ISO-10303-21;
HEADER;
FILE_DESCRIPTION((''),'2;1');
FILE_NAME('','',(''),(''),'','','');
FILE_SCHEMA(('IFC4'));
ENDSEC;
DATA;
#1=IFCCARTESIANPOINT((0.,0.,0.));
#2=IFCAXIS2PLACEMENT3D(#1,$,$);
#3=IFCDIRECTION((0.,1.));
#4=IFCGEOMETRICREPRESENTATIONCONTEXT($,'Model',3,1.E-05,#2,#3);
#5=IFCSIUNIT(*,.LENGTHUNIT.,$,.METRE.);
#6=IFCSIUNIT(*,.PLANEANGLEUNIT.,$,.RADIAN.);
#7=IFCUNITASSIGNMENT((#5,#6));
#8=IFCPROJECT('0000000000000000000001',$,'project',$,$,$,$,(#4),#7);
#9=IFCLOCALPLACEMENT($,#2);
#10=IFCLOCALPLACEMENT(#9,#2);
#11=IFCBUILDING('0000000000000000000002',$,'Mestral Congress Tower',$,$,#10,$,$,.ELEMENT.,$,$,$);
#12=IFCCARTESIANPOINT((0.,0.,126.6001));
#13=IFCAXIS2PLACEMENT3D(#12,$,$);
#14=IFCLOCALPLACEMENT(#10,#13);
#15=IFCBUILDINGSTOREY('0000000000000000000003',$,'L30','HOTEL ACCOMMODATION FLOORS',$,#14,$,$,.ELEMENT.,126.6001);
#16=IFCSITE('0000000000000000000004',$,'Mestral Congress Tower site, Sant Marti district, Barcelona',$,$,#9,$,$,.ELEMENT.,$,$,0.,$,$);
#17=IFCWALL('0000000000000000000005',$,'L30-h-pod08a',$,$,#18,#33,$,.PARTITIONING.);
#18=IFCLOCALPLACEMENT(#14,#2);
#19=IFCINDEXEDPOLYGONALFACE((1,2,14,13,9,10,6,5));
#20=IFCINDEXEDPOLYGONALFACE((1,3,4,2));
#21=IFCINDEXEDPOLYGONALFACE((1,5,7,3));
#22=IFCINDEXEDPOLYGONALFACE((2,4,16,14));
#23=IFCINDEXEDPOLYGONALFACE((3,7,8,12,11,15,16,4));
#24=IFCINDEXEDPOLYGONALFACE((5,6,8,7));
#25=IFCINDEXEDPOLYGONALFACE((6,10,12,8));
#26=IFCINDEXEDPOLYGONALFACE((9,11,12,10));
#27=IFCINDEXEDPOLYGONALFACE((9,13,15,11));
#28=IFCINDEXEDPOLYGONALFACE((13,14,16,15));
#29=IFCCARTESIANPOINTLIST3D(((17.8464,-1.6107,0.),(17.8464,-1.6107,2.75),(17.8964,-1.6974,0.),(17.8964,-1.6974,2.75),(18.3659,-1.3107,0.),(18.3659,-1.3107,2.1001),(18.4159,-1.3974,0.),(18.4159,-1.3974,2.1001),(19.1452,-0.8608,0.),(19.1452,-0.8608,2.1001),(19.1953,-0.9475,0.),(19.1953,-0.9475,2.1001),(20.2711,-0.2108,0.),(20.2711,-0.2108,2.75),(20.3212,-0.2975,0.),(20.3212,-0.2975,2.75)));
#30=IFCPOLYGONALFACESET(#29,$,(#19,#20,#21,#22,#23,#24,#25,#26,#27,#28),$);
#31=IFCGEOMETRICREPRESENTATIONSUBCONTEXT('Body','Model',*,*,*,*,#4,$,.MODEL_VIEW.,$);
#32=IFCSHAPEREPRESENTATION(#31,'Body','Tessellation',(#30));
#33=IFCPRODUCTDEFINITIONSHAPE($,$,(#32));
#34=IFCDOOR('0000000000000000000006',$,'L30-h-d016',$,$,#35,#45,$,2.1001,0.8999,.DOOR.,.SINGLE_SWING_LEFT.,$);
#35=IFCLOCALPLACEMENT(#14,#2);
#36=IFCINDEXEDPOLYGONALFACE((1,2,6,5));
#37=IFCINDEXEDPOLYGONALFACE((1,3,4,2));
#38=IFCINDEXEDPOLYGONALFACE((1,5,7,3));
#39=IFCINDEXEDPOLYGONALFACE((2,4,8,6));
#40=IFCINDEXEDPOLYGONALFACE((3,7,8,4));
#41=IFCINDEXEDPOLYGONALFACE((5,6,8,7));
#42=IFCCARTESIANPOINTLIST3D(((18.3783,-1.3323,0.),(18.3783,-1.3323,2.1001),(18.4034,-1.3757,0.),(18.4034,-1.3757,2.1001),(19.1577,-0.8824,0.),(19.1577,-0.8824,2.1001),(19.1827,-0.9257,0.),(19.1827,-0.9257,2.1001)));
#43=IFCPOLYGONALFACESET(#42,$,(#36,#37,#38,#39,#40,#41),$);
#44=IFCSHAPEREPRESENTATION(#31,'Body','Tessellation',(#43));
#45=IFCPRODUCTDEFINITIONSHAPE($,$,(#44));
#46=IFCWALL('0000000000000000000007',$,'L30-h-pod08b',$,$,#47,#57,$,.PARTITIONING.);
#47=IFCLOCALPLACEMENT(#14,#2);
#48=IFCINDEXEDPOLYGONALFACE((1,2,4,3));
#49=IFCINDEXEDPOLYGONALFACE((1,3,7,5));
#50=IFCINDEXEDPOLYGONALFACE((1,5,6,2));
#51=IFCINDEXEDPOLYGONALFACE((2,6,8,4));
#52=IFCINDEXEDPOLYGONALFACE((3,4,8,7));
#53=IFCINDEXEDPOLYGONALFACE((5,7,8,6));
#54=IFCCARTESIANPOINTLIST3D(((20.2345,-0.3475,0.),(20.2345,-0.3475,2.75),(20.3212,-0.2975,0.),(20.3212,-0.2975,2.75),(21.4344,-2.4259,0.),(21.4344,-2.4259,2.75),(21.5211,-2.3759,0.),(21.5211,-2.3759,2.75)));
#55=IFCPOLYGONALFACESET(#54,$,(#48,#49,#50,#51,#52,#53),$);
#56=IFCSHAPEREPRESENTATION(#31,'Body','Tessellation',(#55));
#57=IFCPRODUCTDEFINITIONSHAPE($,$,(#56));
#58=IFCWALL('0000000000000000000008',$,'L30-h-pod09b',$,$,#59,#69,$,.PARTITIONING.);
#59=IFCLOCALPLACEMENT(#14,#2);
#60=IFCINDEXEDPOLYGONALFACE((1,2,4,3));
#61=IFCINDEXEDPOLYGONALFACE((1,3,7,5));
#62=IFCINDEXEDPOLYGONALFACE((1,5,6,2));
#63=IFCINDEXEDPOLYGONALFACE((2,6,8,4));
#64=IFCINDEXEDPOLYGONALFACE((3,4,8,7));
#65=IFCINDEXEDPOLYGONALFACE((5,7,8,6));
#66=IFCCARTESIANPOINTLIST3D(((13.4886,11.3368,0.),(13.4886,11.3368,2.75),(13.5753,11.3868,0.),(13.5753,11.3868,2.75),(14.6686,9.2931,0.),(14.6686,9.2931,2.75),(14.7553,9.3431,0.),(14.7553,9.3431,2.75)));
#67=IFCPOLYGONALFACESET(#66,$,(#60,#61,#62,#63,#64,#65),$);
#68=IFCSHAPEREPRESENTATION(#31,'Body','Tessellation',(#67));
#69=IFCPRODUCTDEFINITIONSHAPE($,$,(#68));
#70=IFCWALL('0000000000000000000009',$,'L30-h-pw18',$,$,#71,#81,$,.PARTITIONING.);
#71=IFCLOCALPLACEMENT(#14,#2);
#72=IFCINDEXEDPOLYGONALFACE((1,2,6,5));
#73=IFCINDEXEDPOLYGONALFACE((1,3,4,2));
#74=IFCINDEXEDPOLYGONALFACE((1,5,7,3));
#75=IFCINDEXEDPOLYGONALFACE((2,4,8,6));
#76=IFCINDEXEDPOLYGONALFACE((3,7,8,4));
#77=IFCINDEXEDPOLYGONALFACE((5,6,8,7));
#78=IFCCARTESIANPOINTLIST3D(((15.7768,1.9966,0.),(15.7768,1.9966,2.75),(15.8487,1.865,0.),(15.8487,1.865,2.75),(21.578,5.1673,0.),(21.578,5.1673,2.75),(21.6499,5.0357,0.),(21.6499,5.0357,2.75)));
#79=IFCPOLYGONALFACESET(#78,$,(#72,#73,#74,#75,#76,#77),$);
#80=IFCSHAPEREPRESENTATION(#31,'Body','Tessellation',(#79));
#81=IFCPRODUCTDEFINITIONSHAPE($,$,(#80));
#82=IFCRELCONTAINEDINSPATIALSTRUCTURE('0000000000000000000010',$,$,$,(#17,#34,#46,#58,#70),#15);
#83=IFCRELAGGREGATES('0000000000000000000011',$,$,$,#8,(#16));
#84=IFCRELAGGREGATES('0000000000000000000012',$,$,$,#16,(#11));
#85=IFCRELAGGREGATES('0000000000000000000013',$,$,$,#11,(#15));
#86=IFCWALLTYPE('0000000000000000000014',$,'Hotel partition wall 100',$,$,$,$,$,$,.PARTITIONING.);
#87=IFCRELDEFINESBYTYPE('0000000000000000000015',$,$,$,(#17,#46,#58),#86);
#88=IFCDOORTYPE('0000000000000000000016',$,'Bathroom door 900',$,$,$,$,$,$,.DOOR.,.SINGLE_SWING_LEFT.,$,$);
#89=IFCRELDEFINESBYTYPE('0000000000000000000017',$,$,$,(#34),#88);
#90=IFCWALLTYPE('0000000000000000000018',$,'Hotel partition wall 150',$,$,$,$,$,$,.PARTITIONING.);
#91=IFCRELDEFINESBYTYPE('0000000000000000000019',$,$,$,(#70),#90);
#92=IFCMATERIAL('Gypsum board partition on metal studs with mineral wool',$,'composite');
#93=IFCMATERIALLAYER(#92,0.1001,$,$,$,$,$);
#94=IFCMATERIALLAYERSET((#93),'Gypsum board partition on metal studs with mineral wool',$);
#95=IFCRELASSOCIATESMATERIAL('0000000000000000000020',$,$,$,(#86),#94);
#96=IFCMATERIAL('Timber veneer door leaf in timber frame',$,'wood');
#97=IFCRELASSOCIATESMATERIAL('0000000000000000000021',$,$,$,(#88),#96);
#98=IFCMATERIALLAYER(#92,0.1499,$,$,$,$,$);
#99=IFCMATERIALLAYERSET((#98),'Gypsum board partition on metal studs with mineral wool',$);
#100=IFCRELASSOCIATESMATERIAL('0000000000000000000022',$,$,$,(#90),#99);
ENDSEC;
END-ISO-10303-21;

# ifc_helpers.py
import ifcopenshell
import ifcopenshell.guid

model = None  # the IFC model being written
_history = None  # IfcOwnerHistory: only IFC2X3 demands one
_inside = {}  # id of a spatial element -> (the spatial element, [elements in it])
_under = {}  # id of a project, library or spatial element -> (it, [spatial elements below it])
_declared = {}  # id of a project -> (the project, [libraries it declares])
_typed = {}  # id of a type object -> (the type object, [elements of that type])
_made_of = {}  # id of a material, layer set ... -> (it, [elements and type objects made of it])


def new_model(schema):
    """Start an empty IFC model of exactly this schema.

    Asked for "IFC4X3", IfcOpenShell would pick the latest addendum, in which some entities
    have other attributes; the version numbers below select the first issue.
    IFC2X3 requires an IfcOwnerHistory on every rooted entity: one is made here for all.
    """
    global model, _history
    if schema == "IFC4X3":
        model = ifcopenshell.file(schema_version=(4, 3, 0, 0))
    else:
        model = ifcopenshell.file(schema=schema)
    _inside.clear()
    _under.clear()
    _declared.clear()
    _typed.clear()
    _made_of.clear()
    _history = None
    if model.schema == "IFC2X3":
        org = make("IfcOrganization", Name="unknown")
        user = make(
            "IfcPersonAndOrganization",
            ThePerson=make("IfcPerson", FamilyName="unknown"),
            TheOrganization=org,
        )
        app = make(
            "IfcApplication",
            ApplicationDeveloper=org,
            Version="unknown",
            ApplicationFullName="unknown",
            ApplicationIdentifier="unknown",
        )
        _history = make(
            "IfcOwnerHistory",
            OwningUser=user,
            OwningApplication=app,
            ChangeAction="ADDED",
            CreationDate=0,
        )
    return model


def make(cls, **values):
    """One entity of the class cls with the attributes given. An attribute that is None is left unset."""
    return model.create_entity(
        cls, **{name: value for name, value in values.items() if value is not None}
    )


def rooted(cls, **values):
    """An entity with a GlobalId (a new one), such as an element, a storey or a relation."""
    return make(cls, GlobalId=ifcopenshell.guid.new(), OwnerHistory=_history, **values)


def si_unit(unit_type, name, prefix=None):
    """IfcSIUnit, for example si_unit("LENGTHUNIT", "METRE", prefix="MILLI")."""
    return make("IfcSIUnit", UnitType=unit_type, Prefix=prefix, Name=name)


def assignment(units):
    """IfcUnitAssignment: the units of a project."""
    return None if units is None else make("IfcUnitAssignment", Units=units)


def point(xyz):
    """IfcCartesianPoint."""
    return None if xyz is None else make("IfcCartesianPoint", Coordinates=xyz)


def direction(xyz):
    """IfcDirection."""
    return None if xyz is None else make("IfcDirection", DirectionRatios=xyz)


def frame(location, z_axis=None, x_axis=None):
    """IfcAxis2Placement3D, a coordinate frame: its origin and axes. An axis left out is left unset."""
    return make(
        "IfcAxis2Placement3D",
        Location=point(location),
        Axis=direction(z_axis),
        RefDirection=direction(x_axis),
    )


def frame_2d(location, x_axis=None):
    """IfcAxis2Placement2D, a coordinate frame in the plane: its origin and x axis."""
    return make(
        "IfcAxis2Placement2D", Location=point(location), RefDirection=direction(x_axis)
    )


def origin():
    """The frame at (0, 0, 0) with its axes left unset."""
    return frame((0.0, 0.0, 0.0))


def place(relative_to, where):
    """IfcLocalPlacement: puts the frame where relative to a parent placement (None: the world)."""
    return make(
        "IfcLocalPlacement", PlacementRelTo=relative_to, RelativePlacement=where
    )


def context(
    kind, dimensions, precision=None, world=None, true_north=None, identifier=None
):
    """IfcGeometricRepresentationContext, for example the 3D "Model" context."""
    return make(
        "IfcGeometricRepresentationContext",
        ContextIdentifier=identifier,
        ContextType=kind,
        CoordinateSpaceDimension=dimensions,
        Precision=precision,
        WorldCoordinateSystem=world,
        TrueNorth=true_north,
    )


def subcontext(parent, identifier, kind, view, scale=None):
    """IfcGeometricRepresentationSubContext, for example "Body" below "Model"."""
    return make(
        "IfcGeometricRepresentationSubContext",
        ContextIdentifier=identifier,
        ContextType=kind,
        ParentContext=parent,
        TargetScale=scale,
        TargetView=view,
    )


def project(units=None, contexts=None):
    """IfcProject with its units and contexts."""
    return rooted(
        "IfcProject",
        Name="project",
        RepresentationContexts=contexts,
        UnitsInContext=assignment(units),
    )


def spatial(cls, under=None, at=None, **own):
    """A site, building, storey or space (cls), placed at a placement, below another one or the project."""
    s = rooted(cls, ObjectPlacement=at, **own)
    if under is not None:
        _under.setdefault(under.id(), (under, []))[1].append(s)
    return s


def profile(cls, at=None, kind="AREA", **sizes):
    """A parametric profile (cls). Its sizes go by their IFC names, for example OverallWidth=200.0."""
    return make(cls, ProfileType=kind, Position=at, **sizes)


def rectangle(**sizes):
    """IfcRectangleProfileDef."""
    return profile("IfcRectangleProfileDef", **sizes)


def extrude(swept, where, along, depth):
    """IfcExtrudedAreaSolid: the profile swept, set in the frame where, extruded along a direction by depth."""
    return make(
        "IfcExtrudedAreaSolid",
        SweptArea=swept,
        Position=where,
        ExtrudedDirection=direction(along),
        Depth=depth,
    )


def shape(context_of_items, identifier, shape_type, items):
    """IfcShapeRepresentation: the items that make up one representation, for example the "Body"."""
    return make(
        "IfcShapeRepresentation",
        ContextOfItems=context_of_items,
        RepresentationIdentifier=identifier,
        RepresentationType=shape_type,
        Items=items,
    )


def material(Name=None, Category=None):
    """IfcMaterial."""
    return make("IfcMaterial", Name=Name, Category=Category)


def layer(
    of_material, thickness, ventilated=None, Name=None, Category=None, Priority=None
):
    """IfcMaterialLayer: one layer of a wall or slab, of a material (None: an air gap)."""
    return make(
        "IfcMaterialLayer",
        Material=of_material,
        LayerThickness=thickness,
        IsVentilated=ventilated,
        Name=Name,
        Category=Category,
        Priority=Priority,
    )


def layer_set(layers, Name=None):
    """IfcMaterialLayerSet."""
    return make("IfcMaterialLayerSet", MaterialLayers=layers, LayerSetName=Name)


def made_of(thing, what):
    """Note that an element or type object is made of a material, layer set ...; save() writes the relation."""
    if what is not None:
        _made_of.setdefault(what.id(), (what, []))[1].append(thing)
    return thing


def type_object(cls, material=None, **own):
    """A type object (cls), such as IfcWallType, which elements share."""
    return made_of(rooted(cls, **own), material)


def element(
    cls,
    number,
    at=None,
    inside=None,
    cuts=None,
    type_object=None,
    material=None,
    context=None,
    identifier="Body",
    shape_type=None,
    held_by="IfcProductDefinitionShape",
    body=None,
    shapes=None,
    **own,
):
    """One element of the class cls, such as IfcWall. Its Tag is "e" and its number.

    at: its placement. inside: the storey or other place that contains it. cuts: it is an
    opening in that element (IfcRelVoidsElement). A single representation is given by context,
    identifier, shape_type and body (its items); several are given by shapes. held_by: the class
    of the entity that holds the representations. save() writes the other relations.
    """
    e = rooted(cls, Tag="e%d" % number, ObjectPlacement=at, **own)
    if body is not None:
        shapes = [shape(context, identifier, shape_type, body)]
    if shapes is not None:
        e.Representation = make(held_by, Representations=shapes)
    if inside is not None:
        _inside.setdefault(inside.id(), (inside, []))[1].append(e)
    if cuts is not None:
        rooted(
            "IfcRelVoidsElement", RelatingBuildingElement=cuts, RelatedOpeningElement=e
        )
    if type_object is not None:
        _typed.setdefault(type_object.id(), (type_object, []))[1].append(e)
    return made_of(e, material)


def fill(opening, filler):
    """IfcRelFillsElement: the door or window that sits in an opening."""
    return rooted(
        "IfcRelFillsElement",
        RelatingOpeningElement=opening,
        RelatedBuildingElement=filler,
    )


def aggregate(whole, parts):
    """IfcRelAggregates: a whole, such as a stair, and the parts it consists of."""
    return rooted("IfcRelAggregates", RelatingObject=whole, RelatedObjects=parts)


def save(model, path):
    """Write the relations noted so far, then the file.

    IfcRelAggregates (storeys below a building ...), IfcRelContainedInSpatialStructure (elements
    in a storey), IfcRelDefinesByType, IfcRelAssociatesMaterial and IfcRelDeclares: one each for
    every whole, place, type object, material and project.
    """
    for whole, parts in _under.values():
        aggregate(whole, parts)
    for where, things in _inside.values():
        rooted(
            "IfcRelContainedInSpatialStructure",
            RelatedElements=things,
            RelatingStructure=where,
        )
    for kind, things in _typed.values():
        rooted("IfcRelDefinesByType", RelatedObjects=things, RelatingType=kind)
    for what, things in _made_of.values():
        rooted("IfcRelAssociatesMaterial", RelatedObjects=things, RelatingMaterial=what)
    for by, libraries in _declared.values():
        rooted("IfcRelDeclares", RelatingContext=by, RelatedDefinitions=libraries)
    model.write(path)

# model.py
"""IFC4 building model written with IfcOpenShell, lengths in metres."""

from ifc_helpers import new_model, si_unit, direction, frame, frame_2d, origin, place, context, subcontext, project, spatial, rectangle, extrude, material, layer, layer_set, type_object, element, fill, save


model = new_model("IFC4")

# Units and contexts
model_context = context("Model", 3, precision=1e-05, world=origin(), true_north=direction((0.0, 1.0)))
body_context = subcontext(model_context, "Body", "Model", "MODEL_VIEW")
ifc_project = project(units=[si_unit("LENGTHUNIT", "METRE"), si_unit("PLANEANGLEUNIT", "RADIAN")], contexts=[model_context])

# Site, building, storey
site_placement = place(None, origin())
site = spatial("IfcSite", under=ifc_project, at=site_placement, Name="Mestral Congress Tower site, Sant Marti district, Barcelona", CompositionType="ELEMENT", RefElevation=0.0)
building_placement = place(site_placement, origin())
building = spatial("IfcBuilding", under=site, at=building_placement, Name="Mestral Congress Tower", CompositionType="ELEMENT")
storey_placement = place(building_placement, frame((0.0, 0.0, 126.6001)))
storey = spatial("IfcBuildingStorey", under=building, at=storey_placement, Name="L30", Description="HOTEL ACCOMMODATION FLOORS", CompositionType="ELEMENT", Elevation=126.6001)

# Wall, opening, door
ifc_material_1 = material(Name="Gypsum board partition on metal studs with mineral wool", Category="composite")
ifc_layer_1 = layer(ifc_material_1, 0.1001)
ifc_layer_set_1 = layer_set([ifc_layer_1], Name="Gypsum board partition on metal studs with mineral wool")
wall_type_1 = type_object("IfcWallType", Name="Hotel partition wall 100", PredefinedType="PARTITIONING", material=ifc_layer_set_1)
wall_1_placement = place(storey_placement, frame((20.2961, -0.2542, 0.0), z_axis=(0.0, 0.0, 1.0), x_axis=(-0.866035, -0.499984, 0.0)))
wall_1 = element("IfcWall", 1, at=wall_1_placement, inside=storey, type_object=wall_type_1, Name="L30-h-pod08a", PredefinedType="PARTITIONING", context=body_context, shape_type="SweptSolid", body=[
    extrude(rectangle(XDim=2.7998, YDim=0.1001, at=frame_2d((1.3999, 0.0))), origin(), (0.0, 0.0, 1.0), 2.75),
])
opening_1_placement = place(wall_1_placement, frame((1.3, 0.0, 0.0)))
opening_1 = element("IfcOpeningElement", 2, at=opening_1_placement, cuts=wall_1, PredefinedType="OPENING", context=body_context, shape_type="SweptSolid", body=[
    extrude(rectangle(XDim=0.8999, YDim=2.1001, at=frame_2d((0.45, 1.05))), frame((0.0, 0.0601, 0.0), z_axis=(0.0, -1.0, 0.0), x_axis=(1.0, 0.0, 0.0)), (0.0, 0.0, 1.0), 0.1201),
])
ifc_material_2 = material(Name="Timber veneer door leaf in timber frame", Category="wood")
door_type = type_object("IfcDoorType", Name="Bathroom door 900", OperationType="SINGLE_SWING_LEFT", PredefinedType="DOOR", material=ifc_material_2)
door_placement = place(opening_1_placement, origin())
door = element("IfcDoor", 3, at=door_placement, inside=storey, type_object=door_type, Name="L30-h-d016", OperationType="SINGLE_SWING_LEFT", OverallHeight=2.1001, OverallWidth=0.8999, PredefinedType="DOOR", context=body_context, shape_type="SweptSolid", body=[
    extrude(rectangle(XDim=0.8999, YDim=2.1001, at=frame_2d((0.45, 1.05))), frame((0.0, 0.0249, 0.0), z_axis=(0.0, -1.0, 0.0), x_axis=(1.0, 0.0, 0.0)), (0.0, 0.0, 1.0), 0.05),
])
fill(opening_1, door)

# Walls
wall_2_placement = place(storey_placement, frame((20.2778, -0.3225, 0.0), z_axis=(0.0, 0.0, 1.0), x_axis=(0.500001, -0.866025, 0.0)))
element("IfcWall", 4, at=wall_2_placement, inside=storey, type_object=wall_type_1, Name="L30-h-pod08b", PredefinedType="PARTITIONING", context=body_context, shape_type="SweptSolid", body=[
    extrude(rectangle(XDim=2.3999, YDim=0.1001, at=frame_2d((1.2, 0.0))), origin(), (0.0, 0.0, 1.0), 2.75),
])
wall_3_placement = place(storey_placement, frame((14.7119, 9.3181, 0.0), z_axis=(0.0, 0.0, 1.0), x_axis=(-0.5, 0.866025, 0.0)))
element("IfcWall", 5, at=wall_3_placement, inside=storey, type_object=wall_type_1, Name="L30-h-pod09b", PredefinedType="PARTITIONING", context=body_context, shape_type="SweptSolid", body=[
    extrude(rectangle(XDim=2.3599, YDim=0.1001, at=frame_2d((1.1799, 0.0))), origin(), (0.0, 0.0, 1.0), 2.75),
])
ifc_layer_2 = layer(ifc_material_1, 0.1499)
ifc_layer_set_2 = layer_set([ifc_layer_2], Name="Gypsum board partition on metal studs with mineral wool")
wall_type_2 = type_object("IfcWallType", Name="Hotel partition wall 150", PredefinedType="PARTITIONING", material=ifc_layer_set_2)
wall_4_placement = place(storey_placement, frame((21.614, 5.1016, 0.0), z_axis=(0.0, 0.0, 1.0), x_axis=(-0.877485, -0.479605, 0.0)))
element("IfcWall", 6, at=wall_4_placement, inside=storey, type_object=wall_type_2, Name="L30-h-pw18", PredefinedType="PARTITIONING", context=body_context, shape_type="SweptSolid", body=[
    extrude(rectangle(XDim=6.6111, YDim=0.1499, at=frame_2d((3.3057, 0.0))), origin(), (0.0, 0.0, 1.0), 2.75),
])

save(model, "model.ifc")
